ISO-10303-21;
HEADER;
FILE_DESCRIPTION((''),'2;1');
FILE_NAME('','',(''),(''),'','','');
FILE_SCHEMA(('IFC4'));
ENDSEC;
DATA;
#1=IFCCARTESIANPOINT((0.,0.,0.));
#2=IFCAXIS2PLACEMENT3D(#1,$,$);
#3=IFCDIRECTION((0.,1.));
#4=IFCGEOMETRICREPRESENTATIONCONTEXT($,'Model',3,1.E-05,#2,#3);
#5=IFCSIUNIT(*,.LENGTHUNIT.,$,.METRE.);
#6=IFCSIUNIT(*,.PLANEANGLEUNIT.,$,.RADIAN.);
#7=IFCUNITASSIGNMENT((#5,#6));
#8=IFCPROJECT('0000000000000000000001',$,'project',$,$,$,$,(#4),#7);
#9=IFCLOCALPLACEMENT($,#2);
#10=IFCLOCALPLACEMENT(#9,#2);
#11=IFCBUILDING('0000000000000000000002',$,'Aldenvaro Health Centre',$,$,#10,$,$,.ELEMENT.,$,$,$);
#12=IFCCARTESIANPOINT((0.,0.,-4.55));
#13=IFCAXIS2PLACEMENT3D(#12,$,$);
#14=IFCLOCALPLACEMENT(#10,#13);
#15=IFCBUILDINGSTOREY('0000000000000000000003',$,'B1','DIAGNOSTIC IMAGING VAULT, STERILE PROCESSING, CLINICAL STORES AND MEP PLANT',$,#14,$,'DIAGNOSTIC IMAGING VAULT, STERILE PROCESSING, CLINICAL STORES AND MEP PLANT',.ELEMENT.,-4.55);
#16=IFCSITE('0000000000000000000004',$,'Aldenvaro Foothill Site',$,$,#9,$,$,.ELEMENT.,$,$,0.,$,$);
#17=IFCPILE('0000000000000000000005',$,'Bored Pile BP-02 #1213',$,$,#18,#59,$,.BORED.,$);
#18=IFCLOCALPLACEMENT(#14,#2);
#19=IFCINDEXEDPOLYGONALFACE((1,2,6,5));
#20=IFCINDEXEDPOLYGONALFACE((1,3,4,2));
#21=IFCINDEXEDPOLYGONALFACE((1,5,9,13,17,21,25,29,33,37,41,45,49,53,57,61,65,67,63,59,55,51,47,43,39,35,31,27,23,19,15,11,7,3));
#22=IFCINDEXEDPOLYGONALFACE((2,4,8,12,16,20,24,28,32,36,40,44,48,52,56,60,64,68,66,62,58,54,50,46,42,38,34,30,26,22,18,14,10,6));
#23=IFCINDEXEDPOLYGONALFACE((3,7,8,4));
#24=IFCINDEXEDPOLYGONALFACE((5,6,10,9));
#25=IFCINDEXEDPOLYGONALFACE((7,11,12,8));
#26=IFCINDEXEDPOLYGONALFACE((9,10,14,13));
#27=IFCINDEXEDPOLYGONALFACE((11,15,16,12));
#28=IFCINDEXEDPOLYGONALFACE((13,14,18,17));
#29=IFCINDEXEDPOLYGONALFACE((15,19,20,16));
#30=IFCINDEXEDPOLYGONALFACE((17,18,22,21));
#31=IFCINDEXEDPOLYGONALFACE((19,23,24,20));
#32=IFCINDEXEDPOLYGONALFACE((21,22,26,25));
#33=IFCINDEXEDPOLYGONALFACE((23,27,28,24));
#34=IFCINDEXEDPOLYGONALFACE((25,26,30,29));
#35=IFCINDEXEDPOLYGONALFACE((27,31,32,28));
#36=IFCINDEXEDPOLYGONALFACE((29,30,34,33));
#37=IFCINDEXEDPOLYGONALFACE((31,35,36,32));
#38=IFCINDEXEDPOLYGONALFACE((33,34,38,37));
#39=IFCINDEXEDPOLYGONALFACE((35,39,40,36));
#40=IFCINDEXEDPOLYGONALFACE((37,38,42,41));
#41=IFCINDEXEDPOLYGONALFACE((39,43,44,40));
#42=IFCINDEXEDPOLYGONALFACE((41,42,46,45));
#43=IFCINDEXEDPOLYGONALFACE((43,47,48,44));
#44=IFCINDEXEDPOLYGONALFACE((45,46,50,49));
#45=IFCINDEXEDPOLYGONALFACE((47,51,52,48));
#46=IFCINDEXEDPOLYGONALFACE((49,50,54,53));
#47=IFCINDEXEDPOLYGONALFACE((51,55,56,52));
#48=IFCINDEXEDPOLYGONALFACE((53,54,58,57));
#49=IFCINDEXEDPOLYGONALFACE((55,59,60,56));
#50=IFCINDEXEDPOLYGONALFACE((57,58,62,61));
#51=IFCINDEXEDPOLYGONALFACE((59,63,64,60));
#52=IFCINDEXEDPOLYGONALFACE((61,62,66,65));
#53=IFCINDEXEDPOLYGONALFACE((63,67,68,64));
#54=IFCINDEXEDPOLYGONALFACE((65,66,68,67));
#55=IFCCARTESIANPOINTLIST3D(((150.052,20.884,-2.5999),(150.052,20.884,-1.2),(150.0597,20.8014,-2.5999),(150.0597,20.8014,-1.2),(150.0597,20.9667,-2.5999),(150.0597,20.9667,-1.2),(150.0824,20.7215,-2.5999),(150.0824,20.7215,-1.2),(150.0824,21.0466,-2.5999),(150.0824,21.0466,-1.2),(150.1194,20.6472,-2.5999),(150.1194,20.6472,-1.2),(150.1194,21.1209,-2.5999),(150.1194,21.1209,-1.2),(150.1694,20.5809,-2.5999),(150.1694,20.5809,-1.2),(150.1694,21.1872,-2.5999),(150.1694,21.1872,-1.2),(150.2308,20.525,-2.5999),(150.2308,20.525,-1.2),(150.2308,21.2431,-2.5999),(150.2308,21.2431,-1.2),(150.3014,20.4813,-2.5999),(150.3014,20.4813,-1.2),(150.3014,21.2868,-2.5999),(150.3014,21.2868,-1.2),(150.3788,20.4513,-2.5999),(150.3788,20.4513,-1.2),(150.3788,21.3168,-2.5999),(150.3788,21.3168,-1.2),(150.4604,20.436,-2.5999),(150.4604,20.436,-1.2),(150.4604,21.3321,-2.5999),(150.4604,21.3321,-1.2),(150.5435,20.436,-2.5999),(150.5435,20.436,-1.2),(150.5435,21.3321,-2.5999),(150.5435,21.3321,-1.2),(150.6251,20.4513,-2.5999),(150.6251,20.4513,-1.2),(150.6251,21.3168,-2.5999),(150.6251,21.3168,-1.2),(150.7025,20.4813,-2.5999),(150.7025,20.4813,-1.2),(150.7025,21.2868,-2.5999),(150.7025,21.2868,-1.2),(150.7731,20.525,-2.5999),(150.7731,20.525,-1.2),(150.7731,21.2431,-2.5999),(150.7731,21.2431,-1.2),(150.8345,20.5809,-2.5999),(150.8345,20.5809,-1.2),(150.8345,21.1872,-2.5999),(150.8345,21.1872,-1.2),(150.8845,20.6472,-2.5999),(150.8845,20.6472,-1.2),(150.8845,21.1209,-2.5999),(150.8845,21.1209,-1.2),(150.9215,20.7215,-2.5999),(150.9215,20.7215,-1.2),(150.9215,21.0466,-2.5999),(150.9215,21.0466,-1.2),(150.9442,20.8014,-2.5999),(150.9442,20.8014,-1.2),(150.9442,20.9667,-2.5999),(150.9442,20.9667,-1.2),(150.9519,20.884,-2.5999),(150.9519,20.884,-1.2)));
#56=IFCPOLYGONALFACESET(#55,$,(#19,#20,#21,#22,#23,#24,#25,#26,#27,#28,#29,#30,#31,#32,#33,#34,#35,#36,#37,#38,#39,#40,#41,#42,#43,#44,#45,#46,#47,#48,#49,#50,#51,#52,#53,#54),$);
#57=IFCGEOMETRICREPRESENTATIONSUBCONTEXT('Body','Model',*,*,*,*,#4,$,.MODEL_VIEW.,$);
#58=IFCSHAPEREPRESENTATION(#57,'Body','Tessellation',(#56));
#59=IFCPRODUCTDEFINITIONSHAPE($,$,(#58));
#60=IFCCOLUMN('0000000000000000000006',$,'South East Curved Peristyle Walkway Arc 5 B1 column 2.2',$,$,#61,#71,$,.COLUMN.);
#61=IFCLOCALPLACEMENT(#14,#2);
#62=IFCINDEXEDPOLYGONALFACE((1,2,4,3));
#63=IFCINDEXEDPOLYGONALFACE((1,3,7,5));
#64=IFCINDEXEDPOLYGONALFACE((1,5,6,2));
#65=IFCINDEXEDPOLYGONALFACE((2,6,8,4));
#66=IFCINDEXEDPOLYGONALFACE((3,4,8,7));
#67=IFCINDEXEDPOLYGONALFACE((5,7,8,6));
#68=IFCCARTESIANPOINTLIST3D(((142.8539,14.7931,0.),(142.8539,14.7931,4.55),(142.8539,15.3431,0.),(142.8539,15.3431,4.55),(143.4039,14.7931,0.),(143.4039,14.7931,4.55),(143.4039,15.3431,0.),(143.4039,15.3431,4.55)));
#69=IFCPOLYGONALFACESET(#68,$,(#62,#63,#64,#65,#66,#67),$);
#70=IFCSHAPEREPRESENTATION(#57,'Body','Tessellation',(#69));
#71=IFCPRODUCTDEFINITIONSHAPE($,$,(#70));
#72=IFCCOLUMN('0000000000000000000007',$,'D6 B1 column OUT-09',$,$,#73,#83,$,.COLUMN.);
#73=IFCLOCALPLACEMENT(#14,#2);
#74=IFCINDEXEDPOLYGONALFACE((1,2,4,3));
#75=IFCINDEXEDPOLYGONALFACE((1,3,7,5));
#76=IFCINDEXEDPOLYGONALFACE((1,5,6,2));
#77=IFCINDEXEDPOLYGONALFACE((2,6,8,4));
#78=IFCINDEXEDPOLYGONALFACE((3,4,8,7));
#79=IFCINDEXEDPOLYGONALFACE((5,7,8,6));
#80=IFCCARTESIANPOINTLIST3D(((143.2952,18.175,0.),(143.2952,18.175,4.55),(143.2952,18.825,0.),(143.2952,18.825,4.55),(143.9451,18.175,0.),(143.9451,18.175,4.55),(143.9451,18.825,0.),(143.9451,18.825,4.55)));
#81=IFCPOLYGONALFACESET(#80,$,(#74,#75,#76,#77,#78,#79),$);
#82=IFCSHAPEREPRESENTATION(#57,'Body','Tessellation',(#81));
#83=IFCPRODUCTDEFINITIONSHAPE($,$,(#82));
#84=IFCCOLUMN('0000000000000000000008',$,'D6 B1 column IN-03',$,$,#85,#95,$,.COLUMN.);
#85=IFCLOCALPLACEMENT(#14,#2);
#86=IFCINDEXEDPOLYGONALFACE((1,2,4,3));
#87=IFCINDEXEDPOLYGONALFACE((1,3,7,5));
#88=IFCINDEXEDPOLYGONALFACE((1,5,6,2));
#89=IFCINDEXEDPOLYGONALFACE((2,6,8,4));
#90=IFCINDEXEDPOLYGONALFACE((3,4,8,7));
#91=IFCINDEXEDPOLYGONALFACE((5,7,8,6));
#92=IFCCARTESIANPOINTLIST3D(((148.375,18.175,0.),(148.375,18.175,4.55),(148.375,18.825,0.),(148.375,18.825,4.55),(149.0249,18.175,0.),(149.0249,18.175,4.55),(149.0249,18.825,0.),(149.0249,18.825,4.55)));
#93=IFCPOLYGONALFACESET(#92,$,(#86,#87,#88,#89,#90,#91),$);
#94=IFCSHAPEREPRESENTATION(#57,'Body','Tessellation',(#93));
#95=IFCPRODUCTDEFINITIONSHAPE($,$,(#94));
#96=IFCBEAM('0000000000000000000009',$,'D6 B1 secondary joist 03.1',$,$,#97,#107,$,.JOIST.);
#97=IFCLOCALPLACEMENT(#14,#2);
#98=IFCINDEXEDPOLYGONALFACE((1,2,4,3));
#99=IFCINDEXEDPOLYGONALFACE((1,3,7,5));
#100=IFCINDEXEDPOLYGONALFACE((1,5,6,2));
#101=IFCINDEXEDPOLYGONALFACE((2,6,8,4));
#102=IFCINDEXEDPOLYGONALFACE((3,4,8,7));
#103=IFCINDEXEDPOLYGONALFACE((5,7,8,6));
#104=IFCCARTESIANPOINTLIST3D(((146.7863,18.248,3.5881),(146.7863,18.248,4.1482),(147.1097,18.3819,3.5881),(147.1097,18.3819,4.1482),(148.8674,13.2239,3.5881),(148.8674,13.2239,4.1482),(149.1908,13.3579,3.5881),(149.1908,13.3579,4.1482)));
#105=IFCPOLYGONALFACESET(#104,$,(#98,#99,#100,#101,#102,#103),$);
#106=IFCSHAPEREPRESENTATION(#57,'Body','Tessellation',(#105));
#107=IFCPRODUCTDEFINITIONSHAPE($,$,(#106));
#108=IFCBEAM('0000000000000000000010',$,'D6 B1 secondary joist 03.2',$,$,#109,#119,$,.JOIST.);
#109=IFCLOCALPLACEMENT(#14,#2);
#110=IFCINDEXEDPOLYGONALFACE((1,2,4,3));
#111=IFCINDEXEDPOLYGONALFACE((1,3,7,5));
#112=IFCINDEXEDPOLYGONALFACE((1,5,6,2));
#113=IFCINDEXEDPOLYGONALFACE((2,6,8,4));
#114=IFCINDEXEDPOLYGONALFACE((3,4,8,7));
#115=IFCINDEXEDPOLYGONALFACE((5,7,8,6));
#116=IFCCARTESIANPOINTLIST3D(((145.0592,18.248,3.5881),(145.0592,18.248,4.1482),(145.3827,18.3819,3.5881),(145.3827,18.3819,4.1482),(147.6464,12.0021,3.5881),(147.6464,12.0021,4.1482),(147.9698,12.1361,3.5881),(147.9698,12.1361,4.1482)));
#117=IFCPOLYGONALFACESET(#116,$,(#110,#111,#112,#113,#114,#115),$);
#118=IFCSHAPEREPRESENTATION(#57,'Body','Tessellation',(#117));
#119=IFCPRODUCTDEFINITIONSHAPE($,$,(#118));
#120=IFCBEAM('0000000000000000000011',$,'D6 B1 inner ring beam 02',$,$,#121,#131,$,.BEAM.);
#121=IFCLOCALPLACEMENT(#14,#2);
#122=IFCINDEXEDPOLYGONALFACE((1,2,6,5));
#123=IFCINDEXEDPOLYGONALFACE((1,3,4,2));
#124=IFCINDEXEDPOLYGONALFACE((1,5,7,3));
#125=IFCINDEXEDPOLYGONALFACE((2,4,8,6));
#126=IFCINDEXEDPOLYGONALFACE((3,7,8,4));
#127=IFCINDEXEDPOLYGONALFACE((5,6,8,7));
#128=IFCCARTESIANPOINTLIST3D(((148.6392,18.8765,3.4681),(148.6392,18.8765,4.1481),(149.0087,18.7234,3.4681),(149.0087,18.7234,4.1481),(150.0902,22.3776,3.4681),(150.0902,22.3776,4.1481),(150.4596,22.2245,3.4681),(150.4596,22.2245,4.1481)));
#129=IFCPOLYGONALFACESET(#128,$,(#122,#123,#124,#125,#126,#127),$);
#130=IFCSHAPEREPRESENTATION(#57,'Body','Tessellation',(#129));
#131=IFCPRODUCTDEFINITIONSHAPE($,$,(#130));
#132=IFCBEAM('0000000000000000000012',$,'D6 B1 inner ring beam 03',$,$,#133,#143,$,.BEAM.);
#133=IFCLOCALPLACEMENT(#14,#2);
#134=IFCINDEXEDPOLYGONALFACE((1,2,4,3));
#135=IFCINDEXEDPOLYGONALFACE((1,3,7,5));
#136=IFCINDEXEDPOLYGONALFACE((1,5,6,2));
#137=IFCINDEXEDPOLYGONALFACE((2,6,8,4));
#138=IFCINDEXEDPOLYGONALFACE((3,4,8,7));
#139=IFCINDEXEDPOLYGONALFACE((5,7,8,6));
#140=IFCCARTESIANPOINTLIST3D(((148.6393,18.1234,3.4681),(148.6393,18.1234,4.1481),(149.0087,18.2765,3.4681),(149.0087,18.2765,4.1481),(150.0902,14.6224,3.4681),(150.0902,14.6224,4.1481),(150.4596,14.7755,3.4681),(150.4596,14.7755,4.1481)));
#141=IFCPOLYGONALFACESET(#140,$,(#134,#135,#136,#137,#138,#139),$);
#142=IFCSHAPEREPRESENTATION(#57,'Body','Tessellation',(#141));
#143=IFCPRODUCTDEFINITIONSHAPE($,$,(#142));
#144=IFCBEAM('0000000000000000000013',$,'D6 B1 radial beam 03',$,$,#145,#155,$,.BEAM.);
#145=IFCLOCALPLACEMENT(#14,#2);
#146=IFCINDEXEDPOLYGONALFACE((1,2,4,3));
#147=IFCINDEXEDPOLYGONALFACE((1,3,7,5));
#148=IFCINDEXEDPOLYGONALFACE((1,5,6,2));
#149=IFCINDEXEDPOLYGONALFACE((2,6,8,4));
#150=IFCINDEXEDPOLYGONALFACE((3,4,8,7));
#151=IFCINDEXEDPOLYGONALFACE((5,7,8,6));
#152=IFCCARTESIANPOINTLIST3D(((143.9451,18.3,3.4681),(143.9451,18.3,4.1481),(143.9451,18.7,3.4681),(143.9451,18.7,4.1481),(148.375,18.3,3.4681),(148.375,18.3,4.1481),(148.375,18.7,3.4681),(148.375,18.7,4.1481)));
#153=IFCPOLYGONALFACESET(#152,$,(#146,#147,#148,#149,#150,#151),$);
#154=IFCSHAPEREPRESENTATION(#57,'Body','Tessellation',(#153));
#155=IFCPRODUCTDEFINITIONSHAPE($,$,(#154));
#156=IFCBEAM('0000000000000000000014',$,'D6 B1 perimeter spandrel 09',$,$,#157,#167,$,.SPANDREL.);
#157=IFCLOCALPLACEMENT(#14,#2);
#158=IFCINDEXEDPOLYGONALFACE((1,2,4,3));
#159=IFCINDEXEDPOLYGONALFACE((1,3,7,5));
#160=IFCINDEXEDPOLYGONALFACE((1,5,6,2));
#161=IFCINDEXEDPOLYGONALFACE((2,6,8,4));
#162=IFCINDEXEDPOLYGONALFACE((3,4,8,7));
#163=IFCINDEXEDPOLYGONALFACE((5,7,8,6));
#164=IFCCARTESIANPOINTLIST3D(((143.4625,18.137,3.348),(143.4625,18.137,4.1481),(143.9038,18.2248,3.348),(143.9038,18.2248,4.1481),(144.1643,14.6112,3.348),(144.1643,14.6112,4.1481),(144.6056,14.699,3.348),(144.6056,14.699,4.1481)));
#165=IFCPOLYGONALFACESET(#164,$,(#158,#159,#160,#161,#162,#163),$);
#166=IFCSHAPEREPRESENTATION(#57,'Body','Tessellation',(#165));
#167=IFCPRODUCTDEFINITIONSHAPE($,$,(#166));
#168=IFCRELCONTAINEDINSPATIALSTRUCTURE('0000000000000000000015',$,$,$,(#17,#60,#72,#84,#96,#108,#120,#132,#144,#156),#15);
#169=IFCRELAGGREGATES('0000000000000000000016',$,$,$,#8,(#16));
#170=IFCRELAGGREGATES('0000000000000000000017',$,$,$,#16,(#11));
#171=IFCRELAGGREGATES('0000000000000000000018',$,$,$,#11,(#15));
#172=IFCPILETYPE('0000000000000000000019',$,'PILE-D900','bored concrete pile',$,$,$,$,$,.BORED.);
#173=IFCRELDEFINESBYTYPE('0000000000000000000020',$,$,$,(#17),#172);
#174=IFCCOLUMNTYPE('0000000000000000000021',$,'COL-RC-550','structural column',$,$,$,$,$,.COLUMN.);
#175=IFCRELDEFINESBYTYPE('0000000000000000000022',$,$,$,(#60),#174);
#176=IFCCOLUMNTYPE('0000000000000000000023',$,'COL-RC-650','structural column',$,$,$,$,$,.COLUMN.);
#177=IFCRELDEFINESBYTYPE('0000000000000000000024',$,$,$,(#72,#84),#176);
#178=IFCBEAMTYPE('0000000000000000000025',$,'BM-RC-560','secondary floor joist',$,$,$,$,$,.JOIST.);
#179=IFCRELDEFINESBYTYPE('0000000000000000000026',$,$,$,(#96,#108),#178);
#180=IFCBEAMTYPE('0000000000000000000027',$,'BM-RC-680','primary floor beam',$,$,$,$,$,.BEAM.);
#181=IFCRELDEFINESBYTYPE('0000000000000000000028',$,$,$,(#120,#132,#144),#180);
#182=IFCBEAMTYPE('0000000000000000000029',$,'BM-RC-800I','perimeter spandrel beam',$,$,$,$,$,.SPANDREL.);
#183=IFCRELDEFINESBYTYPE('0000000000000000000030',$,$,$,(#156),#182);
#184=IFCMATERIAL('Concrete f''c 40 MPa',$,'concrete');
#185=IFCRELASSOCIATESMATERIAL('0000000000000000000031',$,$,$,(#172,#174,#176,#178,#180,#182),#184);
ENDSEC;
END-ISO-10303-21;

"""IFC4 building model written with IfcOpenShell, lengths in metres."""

from ifc_helpers import new_model, si_unit, direction, frame, origin, origin_2d, place, context, subcontext, project, spatial, rectangle, circle, extrude, material, material_profile, profile_set, type_object, element, save


model = new_model("IFC4")

# Units and contexts
model_context = context("Model", 3, precision=1e-05, world=origin(), true_north=direction((0.0, 1.0)))
body_context = subcontext(model_context, "Body", "Model", "MODEL_VIEW")
ifc_project = project(units=[si_unit("LENGTHUNIT", "METRE"), si_unit("PLANEANGLEUNIT", "RADIAN")], contexts=[model_context])

# Site, building, storey
site_placement = place(None, origin())
site = spatial("IfcSite", under=ifc_project, at=site_placement, Name="Aldenvaro Foothill Site", CompositionType="ELEMENT", RefElevation=0.0)
building_placement = place(site_placement, origin())
building = spatial("IfcBuilding", under=site, at=building_placement, Name="Aldenvaro Health Centre", CompositionType="ELEMENT")
storey_placement = place(building_placement, frame((0.0, 0.0, -4.55)))
storey = spatial("IfcBuildingStorey", under=building, at=storey_placement, Name="B1", Description="DIAGNOSTIC IMAGING VAULT, STERILE PROCESSING, CLINICAL STORES AND MEP PLANT", LongName="DIAGNOSTIC IMAGING VAULT, STERILE PROCESSING, CLINICAL STORES AND MEP PLANT", CompositionType="ELEMENT", Elevation=-4.55)

# Pile
ifc_material_1 = material(Name="Concrete f'c 40 MPa", Category="concrete")
ifc_material_profile_1 = material_profile(ifc_material_1, circle(Radius=0.45, at=origin_2d()), Name="PILE D900", Category="concrete")
ifc_profile_set_1 = profile_set([ifc_material_profile_1], Name="Concrete f'c 40 MPa")
pile_type = type_object("IfcPileType", Name="PILE-D900", Description="bored concrete pile", PredefinedType="BORED", material=ifc_profile_set_1)
for number, where, z_axis, x_axis, name in (
    (1, (150.502, 20.884, -1.2), (0.0, 0.0, -1.0), (1.0, 0.0, 0.0), "Bored Pile BP-02 #1213"),
):
    element("IfcPile", number, at=place(storey_placement, frame(where, z_axis=z_axis, x_axis=x_axis)), inside=storey, type_object=pile_type, Name=name, PredefinedType="BORED", context=body_context, shape_type="SweptSolid", body=[
        extrude(circle(Radius=0.45, at=origin_2d()), origin(), (0.0, 0.0, 1.0), 1.3999),
    ])

# Columns
ifc_material_profile_2 = material_profile(ifc_material_1, rectangle(XDim=0.55, YDim=0.55, at=origin_2d()), Name="RC 550x550", Category="concrete")
ifc_profile_set_2 = profile_set([ifc_material_profile_2], Name="Concrete f'c 40 MPa")
column_type_1 = type_object("IfcColumnType", Name="COL-RC-550", Description="structural column", PredefinedType="COLUMN", material=ifc_profile_set_2)
column_placement = place(storey_placement, frame((143.1289, 15.0681, 0.0), z_axis=(0.0, 0.0, 1.0), x_axis=(1.0, 0.0, 0.0)))
element("IfcColumn", 2, at=column_placement, inside=storey, type_object=column_type_1, Name="South East Curved Peristyle Walkway Arc 5 B1 column 2.2", PredefinedType="COLUMN", context=body_context, shape_type="SweptSolid", body=[
    extrude(rectangle(XDim=0.55, YDim=0.55, at=origin_2d()), origin(), (0.0, 0.0, 1.0), 4.55),
])
ifc_material_profile_3 = material_profile(ifc_material_1, rectangle(XDim=0.6499, YDim=0.6499, at=origin_2d()), Name="RC 650x650", Category="concrete")
ifc_profile_set_3 = profile_set([ifc_material_profile_3], Name="Concrete f'c 40 MPa")
column_type_2 = type_object("IfcColumnType", Name="COL-RC-650", Description="structural column", PredefinedType="COLUMN", material=ifc_profile_set_3)
for number, where, z_axis, x_axis, name in (
    (3, (143.6201, 18.5, 0.0), (0.0, 0.0, 1.0), (1.0, 0.0, 0.0), "D6 B1 column OUT-09"),
    (4, (148.7, 18.5, 0.0), (0.0, 0.0, 1.0), (1.0, 0.0, 0.0), "D6 B1 column IN-03"),
):
    element("IfcColumn", number, at=place(storey_placement, frame(where, z_axis=z_axis, x_axis=x_axis)), inside=storey, type_object=column_type_2, Name=name, PredefinedType="COLUMN", context=body_context, shape_type="SweptSolid", body=[
        extrude(rectangle(XDim=0.6499, YDim=0.6499, at=origin_2d()), origin(), (0.0, 0.0, 1.0), 4.55),
    ])

# Beams
ifc_material_profile_4 = material_profile(ifc_material_1, rectangle(XDim=0.3501, YDim=0.5601, at=origin_2d()), Name="RC 350x560", Category="concrete")
ifc_profile_set_4 = profile_set([ifc_material_profile_4], Name="Concrete f'c 40 MPa")
beam_type_1 = type_object("IfcBeamType", Name="BM-RC-560", Description="secondary floor joist", PredefinedType="JOIST", material=ifc_profile_set_4)
beam_1_placement = place(storey_placement, frame((146.948, 18.3149, 3.8682), z_axis=(0.382695, -0.923875, 0.0), x_axis=(0.923875, 0.382695, 0.0)))
element("IfcBeam", 5, at=beam_1_placement, inside=storey, type_object=beam_type_1, Name="D6 B1 secondary joist 03.1", PredefinedType="JOIST", context=body_context, shape_type="SweptSolid", body=[
    extrude(rectangle(XDim=0.3501, YDim=0.5601, at=origin_2d()), origin(), (0.0, 0.0, 1.0), 5.438),
])
beam_2_placement = place(storey_placement, frame((145.2209, 18.3149, 3.8682), z_axis=(0.382689, -0.923877, 0.0), x_axis=(0.923877, 0.382689, 0.0)))
element("IfcBeam", 6, at=beam_2_placement, inside=storey, type_object=beam_type_1, Name="D6 B1 secondary joist 03.2", PredefinedType="JOIST", context=body_context, shape_type="SweptSolid", body=[
    extrude(rectangle(XDim=0.3501, YDim=0.5601, at=origin_2d()), origin(), (0.0, 0.0, 1.0), 6.7605),
])
ifc_material_profile_5 = material_profile(ifc_material_1, rectangle(XDim=0.3999, YDim=0.6799, at=origin_2d()), Name="RC 400x680", Category="concrete")
ifc_profile_set_5 = profile_set([ifc_material_profile_5], Name="Concrete f'c 40 MPa")
beam_type_2 = type_object("IfcBeamType", Name="BM-RC-680", Description="primary floor beam", PredefinedType="BEAM", material=ifc_profile_set_5)
for number, where, z_axis, x_axis, name in (
    (7, (150.2749, 22.301, 3.8081), (-0.382858, -0.923807, 0.0), (0.923807, -0.382858, 0.0), "D6 B1 inner ring beam 02"),
    (8, (148.824, 18.2, 3.8081), (0.382858, -0.923807, 0.0), (0.923807, 0.382858, 0.0), "D6 B1 inner ring beam 03"),
):
    element("IfcBeam", number, at=place(storey_placement, frame(where, z_axis=z_axis, x_axis=x_axis)), inside=storey, type_object=beam_type_2, Name=name, PredefinedType="BEAM", context=body_context, shape_type="SweptSolid", body=[
        extrude(rectangle(XDim=0.3999, YDim=0.6799, at=origin_2d()), origin(), (0.0, 0.0, 1.0), 3.7898),
    ])
beam_3_placement = place(storey_placement, frame((148.375, 18.5, 3.8081), z_axis=(-1.0, 0.0, 0.0), x_axis=(0.0, -1.0, 0.0)))
element("IfcBeam", 9, at=beam_3_placement, inside=storey, type_object=beam_type_2, Name="D6 B1 radial beam 03", PredefinedType="BEAM", context=body_context, shape_type="SweptSolid", body=[
    extrude(rectangle(XDim=0.3999, YDim=0.6799, at=origin_2d()), origin(), (0.0, 0.0, 1.0), 4.4299),
])
ifc_material_profile_6 = material_profile(ifc_material_1, rectangle(XDim=0.45, YDim=0.8, at=origin_2d()), Name="RC 450x800", Category="concrete")
ifc_profile_set_6 = profile_set([ifc_material_profile_6], Name="Concrete f'c 40 MPa")
beam_type_3 = type_object("IfcBeamType", Name="BM-RC-800I", Description="perimeter spandrel beam", PredefinedType="SPANDREL", material=ifc_profile_set_6)
beam_4_placement = place(storey_placement, frame((143.6831, 18.1809, 3.748), z_axis=(0.195241, -0.980755, 0.0), x_axis=(0.980755, 0.195241, 0.0)))
element("IfcBeam", 10, at=beam_4_placement, inside=storey, type_object=beam_type_3, Name="D6 B1 perimeter spandrel 09", PredefinedType="SPANDREL", context=body_context, shape_type="SweptSolid", body=[
    extrude(rectangle(XDim=0.45, YDim=0.8, at=origin_2d()), origin(), (0.0, 0.0, 1.0), 3.595),
])

save(model, "model.ifc")
